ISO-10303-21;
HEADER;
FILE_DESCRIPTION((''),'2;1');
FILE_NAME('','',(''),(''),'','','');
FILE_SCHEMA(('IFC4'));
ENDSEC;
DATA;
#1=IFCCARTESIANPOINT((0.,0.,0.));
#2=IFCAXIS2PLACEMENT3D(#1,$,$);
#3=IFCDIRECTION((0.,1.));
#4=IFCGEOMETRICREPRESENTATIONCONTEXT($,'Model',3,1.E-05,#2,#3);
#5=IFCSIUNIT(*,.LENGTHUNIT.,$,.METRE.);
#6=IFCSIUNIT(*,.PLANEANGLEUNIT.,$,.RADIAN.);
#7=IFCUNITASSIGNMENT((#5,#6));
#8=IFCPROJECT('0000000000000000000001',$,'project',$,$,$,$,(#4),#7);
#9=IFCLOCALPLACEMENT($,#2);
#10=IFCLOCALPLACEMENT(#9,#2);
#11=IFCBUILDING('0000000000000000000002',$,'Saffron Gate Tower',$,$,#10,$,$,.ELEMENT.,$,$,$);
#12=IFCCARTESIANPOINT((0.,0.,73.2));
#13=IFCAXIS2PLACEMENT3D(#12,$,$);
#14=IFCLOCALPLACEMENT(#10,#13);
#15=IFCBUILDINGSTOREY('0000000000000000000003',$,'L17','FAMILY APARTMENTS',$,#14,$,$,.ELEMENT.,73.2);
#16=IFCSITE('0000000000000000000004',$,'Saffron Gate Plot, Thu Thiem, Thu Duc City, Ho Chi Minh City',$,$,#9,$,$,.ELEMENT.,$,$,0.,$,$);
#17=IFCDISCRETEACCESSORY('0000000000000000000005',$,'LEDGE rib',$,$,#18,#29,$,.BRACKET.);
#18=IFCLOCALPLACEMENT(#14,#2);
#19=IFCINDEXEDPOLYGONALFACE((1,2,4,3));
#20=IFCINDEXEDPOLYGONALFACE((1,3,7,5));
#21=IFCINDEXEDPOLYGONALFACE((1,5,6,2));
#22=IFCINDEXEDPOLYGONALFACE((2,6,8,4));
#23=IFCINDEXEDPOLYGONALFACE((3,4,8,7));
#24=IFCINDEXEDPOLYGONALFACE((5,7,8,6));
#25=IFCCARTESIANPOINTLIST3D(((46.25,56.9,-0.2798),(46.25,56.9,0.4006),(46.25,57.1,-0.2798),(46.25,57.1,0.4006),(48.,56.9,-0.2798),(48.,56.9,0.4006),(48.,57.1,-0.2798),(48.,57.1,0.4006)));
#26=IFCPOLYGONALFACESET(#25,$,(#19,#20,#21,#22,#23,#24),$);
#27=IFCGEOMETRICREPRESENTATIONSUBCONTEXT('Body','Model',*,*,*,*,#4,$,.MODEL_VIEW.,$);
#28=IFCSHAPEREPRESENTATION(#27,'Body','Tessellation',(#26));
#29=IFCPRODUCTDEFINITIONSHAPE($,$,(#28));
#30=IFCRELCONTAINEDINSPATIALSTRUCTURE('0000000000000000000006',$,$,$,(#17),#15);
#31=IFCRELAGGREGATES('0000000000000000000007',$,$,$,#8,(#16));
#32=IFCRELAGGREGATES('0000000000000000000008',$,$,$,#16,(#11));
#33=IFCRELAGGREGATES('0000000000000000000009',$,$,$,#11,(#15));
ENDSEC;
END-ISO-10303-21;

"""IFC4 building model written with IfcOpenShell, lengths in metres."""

from ifc_helpers import new_model, si_unit, direction, frame, origin, origin_2d, place, context, subcontext, project, spatial, rectangle, extrude, element, save


model = new_model("IFC4")

# Units and contexts
model_context = context("Model", 3, precision=1e-05, world=origin(), true_north=direction((0.0, 1.0)))
body_context = subcontext(model_context, "Body", "Model", "MODEL_VIEW")
ifc_project = project(units=[si_unit("LENGTHUNIT", "METRE"), si_unit("PLANEANGLEUNIT", "RADIAN")], contexts=[model_context])

# Site, building, storey
site_placement = place(None, origin())
site = spatial("IfcSite", under=ifc_project, at=site_placement, Name="Saffron Gate Plot, Thu Thiem, Thu Duc City, Ho Chi Minh City", CompositionType="ELEMENT", RefElevation=0.0)
building_placement = place(site_placement, origin())
building = spatial("IfcBuilding", under=site, at=building_placement, Name="Saffron Gate Tower", CompositionType="ELEMENT")
storey_placement = place(building_placement, frame((0.0, 0.0, 73.2)))
storey = spatial("IfcBuildingStorey", under=building, at=storey_placement, Name="L17", Description="FAMILY APARTMENTS", CompositionType="ELEMENT", Elevation=73.2)

# Discrete accessory
discrete_accessory_1_placement = place(storey_placement, frame((47.125, 57.0, -0.2798), z_axis=(0.0, 0.0, 1.0), x_axis=(0.0, -1.0, 0.0)))
element("IfcDiscreteAccessory", 1, at=discrete_accessory_1_placement, inside=storey, Name="LEDGE rib", PredefinedType="BRACKET", context=body_context, shape_type="SweptSolid", body=[
    extrude(rectangle(XDim=0.2, YDim=1.75, at=origin_2d()), origin(), (0.0, 0.0, 1.0), 0.6804),
])

save(model, "model.ifc")
